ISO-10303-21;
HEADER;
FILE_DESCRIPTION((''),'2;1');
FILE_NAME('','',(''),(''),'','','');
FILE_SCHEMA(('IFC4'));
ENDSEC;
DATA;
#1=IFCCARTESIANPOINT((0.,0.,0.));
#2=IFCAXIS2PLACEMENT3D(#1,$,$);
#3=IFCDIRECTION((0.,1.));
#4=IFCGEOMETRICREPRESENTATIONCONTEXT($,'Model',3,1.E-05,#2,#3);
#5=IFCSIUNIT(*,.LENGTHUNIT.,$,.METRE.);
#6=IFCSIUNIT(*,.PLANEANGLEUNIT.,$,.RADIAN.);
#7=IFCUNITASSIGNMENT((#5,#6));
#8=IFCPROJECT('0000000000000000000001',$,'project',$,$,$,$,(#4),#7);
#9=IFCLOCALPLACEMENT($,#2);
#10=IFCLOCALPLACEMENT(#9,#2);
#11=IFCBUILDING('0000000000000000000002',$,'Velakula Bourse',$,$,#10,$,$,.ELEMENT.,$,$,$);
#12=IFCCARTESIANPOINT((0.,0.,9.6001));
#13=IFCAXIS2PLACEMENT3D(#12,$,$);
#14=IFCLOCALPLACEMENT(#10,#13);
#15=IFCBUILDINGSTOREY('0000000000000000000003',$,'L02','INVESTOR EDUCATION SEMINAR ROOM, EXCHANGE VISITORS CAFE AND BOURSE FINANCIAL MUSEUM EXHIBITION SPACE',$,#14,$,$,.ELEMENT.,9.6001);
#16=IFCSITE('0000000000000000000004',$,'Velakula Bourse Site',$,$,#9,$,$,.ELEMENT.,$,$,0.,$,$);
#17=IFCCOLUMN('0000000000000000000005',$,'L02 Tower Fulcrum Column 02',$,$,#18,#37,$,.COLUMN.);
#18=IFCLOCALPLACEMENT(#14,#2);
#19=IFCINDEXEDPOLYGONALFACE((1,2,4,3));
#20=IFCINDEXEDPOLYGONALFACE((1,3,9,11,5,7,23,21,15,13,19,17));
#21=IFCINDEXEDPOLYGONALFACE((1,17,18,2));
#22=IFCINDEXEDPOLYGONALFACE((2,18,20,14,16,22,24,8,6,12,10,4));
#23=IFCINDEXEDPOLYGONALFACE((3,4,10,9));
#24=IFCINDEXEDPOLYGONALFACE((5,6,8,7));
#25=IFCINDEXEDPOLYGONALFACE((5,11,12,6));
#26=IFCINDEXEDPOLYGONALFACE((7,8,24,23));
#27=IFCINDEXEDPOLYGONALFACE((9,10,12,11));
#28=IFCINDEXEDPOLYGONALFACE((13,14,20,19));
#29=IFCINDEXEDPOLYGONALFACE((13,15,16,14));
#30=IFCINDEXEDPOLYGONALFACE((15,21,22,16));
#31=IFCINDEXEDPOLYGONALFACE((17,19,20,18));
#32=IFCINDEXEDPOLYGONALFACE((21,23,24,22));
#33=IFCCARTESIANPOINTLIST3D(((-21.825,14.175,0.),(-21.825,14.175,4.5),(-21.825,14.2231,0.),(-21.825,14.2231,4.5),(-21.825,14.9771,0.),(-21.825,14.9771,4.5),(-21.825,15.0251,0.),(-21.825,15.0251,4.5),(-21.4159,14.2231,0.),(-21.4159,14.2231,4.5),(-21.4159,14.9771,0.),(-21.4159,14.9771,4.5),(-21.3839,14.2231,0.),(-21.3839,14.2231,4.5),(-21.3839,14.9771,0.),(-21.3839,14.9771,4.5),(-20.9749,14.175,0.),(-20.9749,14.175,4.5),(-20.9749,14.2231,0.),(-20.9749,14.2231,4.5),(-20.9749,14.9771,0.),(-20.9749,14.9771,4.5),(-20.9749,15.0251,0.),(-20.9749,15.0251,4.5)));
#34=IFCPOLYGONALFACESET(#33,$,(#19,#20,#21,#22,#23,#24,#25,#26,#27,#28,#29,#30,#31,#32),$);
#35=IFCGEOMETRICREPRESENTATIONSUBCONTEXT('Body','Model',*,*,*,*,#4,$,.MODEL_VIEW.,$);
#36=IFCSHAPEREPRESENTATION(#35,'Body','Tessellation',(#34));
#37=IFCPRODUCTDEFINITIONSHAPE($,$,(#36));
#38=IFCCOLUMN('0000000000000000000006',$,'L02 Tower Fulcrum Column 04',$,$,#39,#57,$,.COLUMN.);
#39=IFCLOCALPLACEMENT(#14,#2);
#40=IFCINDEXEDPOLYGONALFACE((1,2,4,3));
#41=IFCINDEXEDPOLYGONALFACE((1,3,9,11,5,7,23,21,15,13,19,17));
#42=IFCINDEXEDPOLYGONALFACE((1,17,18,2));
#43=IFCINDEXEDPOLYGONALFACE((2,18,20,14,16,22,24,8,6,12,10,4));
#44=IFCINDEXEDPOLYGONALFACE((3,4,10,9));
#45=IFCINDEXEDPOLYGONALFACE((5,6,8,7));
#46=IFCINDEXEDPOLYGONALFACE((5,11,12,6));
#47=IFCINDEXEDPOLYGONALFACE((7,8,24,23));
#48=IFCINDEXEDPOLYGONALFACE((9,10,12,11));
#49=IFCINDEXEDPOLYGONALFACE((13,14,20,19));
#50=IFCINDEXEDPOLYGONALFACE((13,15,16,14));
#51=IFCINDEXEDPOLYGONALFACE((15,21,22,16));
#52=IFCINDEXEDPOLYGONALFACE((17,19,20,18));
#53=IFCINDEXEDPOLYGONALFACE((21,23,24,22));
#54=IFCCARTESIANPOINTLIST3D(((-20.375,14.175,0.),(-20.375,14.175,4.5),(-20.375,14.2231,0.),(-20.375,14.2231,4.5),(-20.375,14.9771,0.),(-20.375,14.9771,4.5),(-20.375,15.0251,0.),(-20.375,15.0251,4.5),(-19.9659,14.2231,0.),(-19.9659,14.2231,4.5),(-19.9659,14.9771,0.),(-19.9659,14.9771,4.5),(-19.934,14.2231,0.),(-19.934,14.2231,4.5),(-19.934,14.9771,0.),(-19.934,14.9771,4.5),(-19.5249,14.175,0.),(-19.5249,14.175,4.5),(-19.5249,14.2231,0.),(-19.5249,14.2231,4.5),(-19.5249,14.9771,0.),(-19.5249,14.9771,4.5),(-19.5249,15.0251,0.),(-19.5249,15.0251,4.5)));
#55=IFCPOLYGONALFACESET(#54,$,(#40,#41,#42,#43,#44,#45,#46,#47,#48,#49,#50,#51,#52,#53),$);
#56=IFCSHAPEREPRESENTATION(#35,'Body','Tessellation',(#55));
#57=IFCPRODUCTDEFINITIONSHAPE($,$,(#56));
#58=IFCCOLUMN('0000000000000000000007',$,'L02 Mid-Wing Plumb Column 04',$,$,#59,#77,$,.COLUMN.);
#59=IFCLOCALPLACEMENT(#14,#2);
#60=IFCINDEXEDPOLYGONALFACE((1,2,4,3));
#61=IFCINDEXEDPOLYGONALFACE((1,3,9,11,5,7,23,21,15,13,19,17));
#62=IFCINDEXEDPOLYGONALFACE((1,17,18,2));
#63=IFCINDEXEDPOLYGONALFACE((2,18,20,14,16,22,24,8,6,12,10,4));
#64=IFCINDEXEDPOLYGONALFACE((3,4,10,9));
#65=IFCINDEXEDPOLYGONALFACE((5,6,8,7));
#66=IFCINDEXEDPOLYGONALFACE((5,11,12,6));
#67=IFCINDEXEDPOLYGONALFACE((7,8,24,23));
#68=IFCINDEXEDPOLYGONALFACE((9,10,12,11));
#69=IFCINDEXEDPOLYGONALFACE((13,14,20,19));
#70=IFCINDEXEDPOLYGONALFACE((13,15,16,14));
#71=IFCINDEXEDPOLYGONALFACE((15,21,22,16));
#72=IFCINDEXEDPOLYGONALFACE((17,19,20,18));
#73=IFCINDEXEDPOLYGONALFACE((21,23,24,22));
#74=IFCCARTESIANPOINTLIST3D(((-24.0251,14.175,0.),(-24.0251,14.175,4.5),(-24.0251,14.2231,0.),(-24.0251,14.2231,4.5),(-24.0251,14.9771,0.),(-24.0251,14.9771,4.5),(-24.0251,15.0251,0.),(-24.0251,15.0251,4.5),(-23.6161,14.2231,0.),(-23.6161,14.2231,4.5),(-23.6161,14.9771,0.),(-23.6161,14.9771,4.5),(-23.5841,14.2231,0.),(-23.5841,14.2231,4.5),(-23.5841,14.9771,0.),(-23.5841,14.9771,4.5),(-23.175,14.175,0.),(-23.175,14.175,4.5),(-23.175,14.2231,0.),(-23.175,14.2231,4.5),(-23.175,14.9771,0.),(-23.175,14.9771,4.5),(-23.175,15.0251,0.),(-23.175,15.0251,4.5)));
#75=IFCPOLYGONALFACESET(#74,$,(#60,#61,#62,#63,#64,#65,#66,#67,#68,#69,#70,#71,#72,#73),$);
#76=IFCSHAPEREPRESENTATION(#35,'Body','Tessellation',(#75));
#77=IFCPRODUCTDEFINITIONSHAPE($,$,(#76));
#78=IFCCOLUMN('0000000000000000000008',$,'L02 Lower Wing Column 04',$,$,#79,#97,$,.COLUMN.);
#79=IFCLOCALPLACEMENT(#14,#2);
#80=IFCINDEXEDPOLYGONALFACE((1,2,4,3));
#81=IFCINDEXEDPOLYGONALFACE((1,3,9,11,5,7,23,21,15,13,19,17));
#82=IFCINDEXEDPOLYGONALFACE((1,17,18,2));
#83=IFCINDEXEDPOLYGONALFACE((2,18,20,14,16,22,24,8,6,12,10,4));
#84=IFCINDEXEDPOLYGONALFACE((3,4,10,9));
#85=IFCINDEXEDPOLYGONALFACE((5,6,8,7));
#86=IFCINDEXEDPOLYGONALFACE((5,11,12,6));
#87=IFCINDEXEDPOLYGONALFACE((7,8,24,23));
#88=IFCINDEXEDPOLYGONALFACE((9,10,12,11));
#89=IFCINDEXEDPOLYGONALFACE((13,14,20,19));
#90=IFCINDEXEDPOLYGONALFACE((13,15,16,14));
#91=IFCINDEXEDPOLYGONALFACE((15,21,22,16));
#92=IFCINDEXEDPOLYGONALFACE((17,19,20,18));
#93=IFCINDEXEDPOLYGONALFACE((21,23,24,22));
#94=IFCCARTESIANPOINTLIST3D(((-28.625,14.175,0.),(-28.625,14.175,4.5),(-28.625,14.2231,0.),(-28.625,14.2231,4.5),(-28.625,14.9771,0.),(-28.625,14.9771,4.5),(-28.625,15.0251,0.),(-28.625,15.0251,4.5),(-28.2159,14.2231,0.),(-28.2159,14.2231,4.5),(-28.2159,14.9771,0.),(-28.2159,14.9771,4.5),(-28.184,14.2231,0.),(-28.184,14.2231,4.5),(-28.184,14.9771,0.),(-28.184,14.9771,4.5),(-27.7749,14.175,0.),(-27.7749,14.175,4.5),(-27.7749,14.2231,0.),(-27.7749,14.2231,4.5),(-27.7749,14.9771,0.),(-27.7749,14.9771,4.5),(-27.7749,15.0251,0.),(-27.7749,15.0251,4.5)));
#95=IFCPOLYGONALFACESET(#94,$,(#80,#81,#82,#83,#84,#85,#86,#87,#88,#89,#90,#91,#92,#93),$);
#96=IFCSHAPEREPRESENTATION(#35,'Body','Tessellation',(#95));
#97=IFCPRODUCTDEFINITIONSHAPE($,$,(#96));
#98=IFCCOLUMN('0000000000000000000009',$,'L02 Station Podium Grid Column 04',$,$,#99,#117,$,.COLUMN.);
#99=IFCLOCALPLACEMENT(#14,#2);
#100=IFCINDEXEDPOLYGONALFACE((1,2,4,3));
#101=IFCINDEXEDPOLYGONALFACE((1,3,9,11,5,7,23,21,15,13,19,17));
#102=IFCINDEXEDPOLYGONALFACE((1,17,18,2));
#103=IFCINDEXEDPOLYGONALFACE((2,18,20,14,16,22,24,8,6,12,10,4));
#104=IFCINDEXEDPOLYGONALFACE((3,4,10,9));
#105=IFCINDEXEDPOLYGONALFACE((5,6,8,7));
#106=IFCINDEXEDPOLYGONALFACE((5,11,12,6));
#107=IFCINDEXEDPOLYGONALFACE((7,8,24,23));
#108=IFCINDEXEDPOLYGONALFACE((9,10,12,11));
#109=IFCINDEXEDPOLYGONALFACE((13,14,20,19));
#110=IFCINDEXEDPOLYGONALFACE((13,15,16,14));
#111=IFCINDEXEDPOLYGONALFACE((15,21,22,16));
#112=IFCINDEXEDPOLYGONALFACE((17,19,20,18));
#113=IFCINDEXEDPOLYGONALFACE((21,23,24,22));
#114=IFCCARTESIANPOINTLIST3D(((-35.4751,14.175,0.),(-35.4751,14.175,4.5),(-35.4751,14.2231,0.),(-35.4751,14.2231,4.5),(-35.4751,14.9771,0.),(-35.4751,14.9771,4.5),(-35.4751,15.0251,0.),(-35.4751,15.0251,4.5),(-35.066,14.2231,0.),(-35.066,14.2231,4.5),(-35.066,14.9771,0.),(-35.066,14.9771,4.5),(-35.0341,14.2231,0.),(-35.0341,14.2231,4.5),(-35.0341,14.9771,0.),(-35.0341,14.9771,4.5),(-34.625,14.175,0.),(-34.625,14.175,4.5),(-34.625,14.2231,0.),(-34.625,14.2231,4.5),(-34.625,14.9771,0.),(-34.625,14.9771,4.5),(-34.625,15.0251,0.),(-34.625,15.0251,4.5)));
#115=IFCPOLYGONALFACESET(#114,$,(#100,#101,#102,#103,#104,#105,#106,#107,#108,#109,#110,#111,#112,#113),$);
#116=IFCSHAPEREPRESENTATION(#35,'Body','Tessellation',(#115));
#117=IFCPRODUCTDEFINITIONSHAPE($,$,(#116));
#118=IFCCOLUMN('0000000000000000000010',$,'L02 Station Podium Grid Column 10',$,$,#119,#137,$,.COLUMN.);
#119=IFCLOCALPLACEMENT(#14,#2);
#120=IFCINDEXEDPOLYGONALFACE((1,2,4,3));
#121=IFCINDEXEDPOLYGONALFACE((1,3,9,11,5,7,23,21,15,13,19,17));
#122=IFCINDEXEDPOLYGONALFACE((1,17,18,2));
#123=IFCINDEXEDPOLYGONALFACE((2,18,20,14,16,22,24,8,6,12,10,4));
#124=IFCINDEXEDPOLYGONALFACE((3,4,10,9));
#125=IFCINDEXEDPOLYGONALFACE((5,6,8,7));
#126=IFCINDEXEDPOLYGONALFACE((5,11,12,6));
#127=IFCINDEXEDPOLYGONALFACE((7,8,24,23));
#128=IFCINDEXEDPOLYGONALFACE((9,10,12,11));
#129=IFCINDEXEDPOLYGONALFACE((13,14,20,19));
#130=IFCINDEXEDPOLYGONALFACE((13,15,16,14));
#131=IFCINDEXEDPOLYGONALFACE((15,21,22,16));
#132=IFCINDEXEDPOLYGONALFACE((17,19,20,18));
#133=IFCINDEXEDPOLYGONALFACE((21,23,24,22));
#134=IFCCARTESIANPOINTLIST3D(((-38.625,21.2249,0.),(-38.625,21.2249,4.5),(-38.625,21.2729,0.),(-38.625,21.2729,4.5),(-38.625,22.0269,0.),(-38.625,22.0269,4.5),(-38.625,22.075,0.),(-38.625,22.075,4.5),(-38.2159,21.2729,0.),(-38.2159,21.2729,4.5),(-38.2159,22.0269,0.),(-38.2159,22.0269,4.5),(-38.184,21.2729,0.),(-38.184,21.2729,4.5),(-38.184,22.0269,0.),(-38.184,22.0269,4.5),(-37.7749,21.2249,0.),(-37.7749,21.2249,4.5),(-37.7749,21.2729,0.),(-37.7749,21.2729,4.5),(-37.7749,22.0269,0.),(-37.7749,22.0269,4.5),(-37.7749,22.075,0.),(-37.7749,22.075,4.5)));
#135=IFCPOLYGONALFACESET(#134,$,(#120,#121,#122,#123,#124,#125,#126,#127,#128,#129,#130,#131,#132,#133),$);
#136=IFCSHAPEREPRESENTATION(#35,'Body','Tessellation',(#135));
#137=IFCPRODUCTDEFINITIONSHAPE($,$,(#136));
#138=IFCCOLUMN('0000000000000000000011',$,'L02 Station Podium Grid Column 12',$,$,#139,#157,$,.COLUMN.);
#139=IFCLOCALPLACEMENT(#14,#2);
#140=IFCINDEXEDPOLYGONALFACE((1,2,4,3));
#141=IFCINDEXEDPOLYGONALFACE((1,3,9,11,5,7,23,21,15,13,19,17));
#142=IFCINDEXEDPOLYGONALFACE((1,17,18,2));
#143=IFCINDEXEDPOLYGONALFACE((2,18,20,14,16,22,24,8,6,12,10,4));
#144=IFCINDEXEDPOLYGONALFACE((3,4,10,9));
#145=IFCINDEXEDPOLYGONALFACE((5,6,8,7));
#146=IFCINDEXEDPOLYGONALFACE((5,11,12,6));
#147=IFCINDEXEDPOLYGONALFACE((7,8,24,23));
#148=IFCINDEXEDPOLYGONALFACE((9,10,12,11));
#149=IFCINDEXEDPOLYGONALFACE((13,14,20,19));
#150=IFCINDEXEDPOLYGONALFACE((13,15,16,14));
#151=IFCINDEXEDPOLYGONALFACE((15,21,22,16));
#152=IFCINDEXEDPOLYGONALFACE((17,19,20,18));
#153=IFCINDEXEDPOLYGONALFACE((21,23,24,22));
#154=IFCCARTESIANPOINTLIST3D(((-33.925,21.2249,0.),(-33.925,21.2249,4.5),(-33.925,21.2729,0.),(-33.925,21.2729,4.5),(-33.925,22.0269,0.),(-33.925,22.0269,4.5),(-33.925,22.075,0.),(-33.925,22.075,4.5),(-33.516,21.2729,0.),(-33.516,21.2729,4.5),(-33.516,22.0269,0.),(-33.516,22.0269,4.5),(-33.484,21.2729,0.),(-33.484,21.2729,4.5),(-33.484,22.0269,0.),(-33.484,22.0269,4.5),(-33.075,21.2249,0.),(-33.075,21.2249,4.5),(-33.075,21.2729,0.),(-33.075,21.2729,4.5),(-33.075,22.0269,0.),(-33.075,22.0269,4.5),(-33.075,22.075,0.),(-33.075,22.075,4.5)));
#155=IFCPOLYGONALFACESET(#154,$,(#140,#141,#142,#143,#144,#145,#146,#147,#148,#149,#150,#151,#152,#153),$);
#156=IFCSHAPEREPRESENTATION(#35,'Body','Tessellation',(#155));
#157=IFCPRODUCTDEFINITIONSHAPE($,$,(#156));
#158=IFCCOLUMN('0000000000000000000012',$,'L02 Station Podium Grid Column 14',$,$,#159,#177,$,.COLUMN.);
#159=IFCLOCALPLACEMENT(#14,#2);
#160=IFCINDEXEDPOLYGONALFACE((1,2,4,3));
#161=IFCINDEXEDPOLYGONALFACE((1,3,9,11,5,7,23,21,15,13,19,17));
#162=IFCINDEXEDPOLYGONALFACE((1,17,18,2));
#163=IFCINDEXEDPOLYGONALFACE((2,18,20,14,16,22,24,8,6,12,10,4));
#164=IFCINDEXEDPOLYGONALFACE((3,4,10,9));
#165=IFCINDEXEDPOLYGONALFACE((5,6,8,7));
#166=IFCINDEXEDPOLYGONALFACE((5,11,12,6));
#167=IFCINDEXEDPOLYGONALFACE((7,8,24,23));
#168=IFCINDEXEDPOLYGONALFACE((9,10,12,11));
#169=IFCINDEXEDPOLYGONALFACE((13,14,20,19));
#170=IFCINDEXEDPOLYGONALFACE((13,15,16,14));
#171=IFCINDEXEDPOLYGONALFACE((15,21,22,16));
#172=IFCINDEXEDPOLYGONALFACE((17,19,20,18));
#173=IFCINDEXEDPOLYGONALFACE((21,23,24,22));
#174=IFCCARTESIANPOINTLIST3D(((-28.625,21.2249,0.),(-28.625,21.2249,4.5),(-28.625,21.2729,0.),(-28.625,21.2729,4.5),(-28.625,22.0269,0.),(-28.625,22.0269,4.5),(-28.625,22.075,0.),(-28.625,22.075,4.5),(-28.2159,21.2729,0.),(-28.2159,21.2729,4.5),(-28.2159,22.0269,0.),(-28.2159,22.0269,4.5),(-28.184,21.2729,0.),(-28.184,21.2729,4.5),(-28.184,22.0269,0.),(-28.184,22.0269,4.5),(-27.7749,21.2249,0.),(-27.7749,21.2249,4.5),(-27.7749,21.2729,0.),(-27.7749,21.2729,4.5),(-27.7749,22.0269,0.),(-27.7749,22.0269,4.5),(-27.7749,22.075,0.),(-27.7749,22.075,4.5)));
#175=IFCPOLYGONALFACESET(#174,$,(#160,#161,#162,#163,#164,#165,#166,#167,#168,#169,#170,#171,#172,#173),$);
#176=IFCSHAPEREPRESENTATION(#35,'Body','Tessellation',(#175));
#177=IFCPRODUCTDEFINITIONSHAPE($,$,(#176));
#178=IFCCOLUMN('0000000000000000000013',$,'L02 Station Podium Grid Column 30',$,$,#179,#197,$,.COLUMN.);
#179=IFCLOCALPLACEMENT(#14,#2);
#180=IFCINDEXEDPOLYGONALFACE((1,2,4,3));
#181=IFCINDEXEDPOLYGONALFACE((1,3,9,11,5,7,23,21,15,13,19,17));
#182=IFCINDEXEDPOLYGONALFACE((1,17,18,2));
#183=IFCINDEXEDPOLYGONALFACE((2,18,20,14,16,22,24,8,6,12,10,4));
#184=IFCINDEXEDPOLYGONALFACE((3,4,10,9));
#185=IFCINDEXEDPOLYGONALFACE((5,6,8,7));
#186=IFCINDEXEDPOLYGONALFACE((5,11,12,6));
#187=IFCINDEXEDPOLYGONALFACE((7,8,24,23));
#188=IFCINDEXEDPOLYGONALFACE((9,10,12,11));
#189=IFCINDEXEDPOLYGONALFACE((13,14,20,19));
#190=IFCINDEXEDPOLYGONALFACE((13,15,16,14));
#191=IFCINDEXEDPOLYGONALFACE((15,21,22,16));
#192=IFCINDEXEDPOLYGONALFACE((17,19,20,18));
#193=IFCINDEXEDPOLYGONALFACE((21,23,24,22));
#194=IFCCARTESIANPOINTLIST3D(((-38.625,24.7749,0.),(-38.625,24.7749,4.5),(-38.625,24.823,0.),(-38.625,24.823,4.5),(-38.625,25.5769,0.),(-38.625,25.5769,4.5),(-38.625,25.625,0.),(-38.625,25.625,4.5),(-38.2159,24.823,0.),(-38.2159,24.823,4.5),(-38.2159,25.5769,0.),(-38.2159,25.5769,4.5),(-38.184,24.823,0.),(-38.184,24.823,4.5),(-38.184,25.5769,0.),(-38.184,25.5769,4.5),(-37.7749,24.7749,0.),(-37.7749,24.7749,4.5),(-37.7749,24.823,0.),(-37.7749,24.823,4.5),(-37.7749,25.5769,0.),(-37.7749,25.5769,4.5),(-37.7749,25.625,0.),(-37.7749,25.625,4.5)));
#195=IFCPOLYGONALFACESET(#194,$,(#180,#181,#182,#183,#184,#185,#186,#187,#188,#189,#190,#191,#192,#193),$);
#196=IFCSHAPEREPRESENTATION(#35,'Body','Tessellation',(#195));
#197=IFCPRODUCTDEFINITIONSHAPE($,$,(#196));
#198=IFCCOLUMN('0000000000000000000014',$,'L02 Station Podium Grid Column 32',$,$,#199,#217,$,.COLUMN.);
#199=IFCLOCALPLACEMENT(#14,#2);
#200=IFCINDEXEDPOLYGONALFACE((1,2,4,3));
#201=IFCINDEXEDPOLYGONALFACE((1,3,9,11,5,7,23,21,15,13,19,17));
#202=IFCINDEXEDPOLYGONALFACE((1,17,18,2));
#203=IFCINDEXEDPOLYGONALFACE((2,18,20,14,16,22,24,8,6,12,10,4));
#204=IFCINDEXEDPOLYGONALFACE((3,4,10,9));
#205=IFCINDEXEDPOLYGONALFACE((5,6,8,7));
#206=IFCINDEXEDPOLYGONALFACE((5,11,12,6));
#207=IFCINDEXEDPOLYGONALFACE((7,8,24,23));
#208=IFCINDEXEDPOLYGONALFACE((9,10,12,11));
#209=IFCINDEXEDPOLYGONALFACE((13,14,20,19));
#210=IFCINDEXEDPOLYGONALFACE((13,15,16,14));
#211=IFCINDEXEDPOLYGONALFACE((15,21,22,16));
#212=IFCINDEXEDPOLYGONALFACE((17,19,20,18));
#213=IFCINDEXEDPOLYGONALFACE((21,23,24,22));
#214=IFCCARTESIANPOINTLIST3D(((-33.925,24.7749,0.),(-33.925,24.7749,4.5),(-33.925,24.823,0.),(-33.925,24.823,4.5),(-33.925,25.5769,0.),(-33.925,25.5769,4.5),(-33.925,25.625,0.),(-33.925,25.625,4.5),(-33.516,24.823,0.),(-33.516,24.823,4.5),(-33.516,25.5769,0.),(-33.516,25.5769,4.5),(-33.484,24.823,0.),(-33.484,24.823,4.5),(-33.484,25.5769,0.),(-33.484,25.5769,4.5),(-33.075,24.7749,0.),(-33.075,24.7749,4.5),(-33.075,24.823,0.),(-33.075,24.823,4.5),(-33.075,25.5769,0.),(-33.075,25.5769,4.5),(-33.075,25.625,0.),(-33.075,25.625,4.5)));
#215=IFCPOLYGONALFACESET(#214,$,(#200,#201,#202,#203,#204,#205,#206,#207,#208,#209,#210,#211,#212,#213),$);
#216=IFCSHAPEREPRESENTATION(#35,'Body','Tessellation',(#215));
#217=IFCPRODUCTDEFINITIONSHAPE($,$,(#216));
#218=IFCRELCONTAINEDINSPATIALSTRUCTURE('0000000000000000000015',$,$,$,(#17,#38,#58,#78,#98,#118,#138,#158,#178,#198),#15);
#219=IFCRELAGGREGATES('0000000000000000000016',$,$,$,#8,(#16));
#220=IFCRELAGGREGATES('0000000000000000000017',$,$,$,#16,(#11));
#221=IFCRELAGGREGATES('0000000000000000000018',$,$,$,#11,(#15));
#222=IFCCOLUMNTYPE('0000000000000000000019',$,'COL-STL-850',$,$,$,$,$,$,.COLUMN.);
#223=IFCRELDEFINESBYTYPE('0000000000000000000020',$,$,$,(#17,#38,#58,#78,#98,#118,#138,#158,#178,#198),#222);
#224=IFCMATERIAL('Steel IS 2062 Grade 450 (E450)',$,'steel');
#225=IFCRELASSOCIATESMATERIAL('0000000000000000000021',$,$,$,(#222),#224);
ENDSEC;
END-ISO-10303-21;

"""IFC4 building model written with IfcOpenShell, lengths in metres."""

from ifc_helpers import new_model, si_unit, direction, frame, origin, origin_2d, place, context, subcontext, project, spatial, i_section, extrude, material, material_profile, profile_set, type_object, element, save


model = new_model("IFC4")

# Units and contexts
model_context = context("Model", 3, precision=1e-05, world=origin(), true_north=direction((0.0, 1.0)))
body_context = subcontext(model_context, "Body", "Model", "MODEL_VIEW")
ifc_project = project(units=[si_unit("LENGTHUNIT", "METRE"), si_unit("PLANEANGLEUNIT", "RADIAN")], contexts=[model_context])

# Site, building, storey
site_placement = place(None, origin())
site = spatial("IfcSite", under=ifc_project, at=site_placement, Name="Velakula Bourse Site", CompositionType="ELEMENT", RefElevation=0.0)
building_placement = place(site_placement, origin())
building = spatial("IfcBuilding", under=site, at=building_placement, Name="Velakula Bourse", CompositionType="ELEMENT")
storey_placement = place(building_placement, frame((0.0, 0.0, 9.6001)))
storey = spatial("IfcBuildingStorey", under=building, at=storey_placement, Name="L02", Description="INVESTOR EDUCATION SEMINAR ROOM, EXCHANGE VISITORS CAFE AND BOURSE FINANCIAL MUSEUM EXHIBITION SPACE", CompositionType="ELEMENT", Elevation=9.6001)

# Columns
ifc_material_1 = material(Name="Steel IS 2062 Grade 450 (E450)", Category="steel")
ifc_material_profile_1 = material_profile(ifc_material_1, i_section(OverallWidth=0.8501, OverallDepth=0.8501, WebThickness=0.032, FlangeThickness=0.0481, at=origin_2d()), Name="Steel IS 2062 Grade 450 (E450)")
ifc_profile_set_1 = profile_set([ifc_material_profile_1], Name="Steel IS 2062 Grade 450 (E450)")
column_type = type_object("IfcColumnType", Name="COL-STL-850", PredefinedType="COLUMN", material=ifc_profile_set_1)
for number, where, z_axis, x_axis, name in (
    (1, (-21.3999, 14.6001, 0.0), (0.0, 0.0, 1.0), (1.0, 0.0, 0.0), "L02 Tower Fulcrum Column 02"),
    (2, (-19.95, 14.6001, 0.0), (0.0, 0.0, 1.0), (1.0, 0.0, 0.0), "L02 Tower Fulcrum Column 04"),
    (3, (-23.6001, 14.6001, 0.0), (0.0, 0.0, 1.0), (1.0, 0.0, 0.0), "L02 Mid-Wing Plumb Column 04"),
    (4, (-28.2, 14.6001, 0.0), (0.0, 0.0, 1.0), (1.0, 0.0, 0.0), "L02 Lower Wing Column 04"),
    (5, (-35.05, 14.6001, 0.0), (0.0, 0.0, 1.0), (1.0, 0.0, 0.0), "L02 Station Podium Grid Column 04"),
    (6, (-38.2, 21.6499, 0.0), (0.0, 0.0, 1.0), (1.0, 0.0, 0.0), "L02 Station Podium Grid Column 10"),
    (7, (-33.5, 21.6499, 0.0), (0.0, 0.0, 1.0), (1.0, 0.0, 0.0), "L02 Station Podium Grid Column 12"),
    (8, (-28.2, 21.6499, 0.0), (0.0, 0.0, 1.0), (1.0, 0.0, 0.0), "L02 Station Podium Grid Column 14"),
    (9, (-38.2, 25.2, 0.0), (0.0, 0.0, 1.0), (1.0, 0.0, 0.0), "L02 Station Podium Grid Column 30"),
    (10, (-33.5, 25.2, 0.0), (0.0, 0.0, 1.0), (1.0, 0.0, 0.0), "L02 Station Podium Grid Column 32"),
):
    element("IfcColumn", number, at=place(storey_placement, frame(where, z_axis=z_axis, x_axis=x_axis)), inside=storey, type_object=column_type, Name=name, PredefinedType="COLUMN", context=body_context, shape_type="SweptSolid", body=[
        extrude(i_section(OverallWidth=0.8501, OverallDepth=0.8501, WebThickness=0.032, FlangeThickness=0.0481, at=origin_2d()), origin(), (0.0, 0.0, 1.0), 4.5),
    ])

save(model, "model.ifc")
